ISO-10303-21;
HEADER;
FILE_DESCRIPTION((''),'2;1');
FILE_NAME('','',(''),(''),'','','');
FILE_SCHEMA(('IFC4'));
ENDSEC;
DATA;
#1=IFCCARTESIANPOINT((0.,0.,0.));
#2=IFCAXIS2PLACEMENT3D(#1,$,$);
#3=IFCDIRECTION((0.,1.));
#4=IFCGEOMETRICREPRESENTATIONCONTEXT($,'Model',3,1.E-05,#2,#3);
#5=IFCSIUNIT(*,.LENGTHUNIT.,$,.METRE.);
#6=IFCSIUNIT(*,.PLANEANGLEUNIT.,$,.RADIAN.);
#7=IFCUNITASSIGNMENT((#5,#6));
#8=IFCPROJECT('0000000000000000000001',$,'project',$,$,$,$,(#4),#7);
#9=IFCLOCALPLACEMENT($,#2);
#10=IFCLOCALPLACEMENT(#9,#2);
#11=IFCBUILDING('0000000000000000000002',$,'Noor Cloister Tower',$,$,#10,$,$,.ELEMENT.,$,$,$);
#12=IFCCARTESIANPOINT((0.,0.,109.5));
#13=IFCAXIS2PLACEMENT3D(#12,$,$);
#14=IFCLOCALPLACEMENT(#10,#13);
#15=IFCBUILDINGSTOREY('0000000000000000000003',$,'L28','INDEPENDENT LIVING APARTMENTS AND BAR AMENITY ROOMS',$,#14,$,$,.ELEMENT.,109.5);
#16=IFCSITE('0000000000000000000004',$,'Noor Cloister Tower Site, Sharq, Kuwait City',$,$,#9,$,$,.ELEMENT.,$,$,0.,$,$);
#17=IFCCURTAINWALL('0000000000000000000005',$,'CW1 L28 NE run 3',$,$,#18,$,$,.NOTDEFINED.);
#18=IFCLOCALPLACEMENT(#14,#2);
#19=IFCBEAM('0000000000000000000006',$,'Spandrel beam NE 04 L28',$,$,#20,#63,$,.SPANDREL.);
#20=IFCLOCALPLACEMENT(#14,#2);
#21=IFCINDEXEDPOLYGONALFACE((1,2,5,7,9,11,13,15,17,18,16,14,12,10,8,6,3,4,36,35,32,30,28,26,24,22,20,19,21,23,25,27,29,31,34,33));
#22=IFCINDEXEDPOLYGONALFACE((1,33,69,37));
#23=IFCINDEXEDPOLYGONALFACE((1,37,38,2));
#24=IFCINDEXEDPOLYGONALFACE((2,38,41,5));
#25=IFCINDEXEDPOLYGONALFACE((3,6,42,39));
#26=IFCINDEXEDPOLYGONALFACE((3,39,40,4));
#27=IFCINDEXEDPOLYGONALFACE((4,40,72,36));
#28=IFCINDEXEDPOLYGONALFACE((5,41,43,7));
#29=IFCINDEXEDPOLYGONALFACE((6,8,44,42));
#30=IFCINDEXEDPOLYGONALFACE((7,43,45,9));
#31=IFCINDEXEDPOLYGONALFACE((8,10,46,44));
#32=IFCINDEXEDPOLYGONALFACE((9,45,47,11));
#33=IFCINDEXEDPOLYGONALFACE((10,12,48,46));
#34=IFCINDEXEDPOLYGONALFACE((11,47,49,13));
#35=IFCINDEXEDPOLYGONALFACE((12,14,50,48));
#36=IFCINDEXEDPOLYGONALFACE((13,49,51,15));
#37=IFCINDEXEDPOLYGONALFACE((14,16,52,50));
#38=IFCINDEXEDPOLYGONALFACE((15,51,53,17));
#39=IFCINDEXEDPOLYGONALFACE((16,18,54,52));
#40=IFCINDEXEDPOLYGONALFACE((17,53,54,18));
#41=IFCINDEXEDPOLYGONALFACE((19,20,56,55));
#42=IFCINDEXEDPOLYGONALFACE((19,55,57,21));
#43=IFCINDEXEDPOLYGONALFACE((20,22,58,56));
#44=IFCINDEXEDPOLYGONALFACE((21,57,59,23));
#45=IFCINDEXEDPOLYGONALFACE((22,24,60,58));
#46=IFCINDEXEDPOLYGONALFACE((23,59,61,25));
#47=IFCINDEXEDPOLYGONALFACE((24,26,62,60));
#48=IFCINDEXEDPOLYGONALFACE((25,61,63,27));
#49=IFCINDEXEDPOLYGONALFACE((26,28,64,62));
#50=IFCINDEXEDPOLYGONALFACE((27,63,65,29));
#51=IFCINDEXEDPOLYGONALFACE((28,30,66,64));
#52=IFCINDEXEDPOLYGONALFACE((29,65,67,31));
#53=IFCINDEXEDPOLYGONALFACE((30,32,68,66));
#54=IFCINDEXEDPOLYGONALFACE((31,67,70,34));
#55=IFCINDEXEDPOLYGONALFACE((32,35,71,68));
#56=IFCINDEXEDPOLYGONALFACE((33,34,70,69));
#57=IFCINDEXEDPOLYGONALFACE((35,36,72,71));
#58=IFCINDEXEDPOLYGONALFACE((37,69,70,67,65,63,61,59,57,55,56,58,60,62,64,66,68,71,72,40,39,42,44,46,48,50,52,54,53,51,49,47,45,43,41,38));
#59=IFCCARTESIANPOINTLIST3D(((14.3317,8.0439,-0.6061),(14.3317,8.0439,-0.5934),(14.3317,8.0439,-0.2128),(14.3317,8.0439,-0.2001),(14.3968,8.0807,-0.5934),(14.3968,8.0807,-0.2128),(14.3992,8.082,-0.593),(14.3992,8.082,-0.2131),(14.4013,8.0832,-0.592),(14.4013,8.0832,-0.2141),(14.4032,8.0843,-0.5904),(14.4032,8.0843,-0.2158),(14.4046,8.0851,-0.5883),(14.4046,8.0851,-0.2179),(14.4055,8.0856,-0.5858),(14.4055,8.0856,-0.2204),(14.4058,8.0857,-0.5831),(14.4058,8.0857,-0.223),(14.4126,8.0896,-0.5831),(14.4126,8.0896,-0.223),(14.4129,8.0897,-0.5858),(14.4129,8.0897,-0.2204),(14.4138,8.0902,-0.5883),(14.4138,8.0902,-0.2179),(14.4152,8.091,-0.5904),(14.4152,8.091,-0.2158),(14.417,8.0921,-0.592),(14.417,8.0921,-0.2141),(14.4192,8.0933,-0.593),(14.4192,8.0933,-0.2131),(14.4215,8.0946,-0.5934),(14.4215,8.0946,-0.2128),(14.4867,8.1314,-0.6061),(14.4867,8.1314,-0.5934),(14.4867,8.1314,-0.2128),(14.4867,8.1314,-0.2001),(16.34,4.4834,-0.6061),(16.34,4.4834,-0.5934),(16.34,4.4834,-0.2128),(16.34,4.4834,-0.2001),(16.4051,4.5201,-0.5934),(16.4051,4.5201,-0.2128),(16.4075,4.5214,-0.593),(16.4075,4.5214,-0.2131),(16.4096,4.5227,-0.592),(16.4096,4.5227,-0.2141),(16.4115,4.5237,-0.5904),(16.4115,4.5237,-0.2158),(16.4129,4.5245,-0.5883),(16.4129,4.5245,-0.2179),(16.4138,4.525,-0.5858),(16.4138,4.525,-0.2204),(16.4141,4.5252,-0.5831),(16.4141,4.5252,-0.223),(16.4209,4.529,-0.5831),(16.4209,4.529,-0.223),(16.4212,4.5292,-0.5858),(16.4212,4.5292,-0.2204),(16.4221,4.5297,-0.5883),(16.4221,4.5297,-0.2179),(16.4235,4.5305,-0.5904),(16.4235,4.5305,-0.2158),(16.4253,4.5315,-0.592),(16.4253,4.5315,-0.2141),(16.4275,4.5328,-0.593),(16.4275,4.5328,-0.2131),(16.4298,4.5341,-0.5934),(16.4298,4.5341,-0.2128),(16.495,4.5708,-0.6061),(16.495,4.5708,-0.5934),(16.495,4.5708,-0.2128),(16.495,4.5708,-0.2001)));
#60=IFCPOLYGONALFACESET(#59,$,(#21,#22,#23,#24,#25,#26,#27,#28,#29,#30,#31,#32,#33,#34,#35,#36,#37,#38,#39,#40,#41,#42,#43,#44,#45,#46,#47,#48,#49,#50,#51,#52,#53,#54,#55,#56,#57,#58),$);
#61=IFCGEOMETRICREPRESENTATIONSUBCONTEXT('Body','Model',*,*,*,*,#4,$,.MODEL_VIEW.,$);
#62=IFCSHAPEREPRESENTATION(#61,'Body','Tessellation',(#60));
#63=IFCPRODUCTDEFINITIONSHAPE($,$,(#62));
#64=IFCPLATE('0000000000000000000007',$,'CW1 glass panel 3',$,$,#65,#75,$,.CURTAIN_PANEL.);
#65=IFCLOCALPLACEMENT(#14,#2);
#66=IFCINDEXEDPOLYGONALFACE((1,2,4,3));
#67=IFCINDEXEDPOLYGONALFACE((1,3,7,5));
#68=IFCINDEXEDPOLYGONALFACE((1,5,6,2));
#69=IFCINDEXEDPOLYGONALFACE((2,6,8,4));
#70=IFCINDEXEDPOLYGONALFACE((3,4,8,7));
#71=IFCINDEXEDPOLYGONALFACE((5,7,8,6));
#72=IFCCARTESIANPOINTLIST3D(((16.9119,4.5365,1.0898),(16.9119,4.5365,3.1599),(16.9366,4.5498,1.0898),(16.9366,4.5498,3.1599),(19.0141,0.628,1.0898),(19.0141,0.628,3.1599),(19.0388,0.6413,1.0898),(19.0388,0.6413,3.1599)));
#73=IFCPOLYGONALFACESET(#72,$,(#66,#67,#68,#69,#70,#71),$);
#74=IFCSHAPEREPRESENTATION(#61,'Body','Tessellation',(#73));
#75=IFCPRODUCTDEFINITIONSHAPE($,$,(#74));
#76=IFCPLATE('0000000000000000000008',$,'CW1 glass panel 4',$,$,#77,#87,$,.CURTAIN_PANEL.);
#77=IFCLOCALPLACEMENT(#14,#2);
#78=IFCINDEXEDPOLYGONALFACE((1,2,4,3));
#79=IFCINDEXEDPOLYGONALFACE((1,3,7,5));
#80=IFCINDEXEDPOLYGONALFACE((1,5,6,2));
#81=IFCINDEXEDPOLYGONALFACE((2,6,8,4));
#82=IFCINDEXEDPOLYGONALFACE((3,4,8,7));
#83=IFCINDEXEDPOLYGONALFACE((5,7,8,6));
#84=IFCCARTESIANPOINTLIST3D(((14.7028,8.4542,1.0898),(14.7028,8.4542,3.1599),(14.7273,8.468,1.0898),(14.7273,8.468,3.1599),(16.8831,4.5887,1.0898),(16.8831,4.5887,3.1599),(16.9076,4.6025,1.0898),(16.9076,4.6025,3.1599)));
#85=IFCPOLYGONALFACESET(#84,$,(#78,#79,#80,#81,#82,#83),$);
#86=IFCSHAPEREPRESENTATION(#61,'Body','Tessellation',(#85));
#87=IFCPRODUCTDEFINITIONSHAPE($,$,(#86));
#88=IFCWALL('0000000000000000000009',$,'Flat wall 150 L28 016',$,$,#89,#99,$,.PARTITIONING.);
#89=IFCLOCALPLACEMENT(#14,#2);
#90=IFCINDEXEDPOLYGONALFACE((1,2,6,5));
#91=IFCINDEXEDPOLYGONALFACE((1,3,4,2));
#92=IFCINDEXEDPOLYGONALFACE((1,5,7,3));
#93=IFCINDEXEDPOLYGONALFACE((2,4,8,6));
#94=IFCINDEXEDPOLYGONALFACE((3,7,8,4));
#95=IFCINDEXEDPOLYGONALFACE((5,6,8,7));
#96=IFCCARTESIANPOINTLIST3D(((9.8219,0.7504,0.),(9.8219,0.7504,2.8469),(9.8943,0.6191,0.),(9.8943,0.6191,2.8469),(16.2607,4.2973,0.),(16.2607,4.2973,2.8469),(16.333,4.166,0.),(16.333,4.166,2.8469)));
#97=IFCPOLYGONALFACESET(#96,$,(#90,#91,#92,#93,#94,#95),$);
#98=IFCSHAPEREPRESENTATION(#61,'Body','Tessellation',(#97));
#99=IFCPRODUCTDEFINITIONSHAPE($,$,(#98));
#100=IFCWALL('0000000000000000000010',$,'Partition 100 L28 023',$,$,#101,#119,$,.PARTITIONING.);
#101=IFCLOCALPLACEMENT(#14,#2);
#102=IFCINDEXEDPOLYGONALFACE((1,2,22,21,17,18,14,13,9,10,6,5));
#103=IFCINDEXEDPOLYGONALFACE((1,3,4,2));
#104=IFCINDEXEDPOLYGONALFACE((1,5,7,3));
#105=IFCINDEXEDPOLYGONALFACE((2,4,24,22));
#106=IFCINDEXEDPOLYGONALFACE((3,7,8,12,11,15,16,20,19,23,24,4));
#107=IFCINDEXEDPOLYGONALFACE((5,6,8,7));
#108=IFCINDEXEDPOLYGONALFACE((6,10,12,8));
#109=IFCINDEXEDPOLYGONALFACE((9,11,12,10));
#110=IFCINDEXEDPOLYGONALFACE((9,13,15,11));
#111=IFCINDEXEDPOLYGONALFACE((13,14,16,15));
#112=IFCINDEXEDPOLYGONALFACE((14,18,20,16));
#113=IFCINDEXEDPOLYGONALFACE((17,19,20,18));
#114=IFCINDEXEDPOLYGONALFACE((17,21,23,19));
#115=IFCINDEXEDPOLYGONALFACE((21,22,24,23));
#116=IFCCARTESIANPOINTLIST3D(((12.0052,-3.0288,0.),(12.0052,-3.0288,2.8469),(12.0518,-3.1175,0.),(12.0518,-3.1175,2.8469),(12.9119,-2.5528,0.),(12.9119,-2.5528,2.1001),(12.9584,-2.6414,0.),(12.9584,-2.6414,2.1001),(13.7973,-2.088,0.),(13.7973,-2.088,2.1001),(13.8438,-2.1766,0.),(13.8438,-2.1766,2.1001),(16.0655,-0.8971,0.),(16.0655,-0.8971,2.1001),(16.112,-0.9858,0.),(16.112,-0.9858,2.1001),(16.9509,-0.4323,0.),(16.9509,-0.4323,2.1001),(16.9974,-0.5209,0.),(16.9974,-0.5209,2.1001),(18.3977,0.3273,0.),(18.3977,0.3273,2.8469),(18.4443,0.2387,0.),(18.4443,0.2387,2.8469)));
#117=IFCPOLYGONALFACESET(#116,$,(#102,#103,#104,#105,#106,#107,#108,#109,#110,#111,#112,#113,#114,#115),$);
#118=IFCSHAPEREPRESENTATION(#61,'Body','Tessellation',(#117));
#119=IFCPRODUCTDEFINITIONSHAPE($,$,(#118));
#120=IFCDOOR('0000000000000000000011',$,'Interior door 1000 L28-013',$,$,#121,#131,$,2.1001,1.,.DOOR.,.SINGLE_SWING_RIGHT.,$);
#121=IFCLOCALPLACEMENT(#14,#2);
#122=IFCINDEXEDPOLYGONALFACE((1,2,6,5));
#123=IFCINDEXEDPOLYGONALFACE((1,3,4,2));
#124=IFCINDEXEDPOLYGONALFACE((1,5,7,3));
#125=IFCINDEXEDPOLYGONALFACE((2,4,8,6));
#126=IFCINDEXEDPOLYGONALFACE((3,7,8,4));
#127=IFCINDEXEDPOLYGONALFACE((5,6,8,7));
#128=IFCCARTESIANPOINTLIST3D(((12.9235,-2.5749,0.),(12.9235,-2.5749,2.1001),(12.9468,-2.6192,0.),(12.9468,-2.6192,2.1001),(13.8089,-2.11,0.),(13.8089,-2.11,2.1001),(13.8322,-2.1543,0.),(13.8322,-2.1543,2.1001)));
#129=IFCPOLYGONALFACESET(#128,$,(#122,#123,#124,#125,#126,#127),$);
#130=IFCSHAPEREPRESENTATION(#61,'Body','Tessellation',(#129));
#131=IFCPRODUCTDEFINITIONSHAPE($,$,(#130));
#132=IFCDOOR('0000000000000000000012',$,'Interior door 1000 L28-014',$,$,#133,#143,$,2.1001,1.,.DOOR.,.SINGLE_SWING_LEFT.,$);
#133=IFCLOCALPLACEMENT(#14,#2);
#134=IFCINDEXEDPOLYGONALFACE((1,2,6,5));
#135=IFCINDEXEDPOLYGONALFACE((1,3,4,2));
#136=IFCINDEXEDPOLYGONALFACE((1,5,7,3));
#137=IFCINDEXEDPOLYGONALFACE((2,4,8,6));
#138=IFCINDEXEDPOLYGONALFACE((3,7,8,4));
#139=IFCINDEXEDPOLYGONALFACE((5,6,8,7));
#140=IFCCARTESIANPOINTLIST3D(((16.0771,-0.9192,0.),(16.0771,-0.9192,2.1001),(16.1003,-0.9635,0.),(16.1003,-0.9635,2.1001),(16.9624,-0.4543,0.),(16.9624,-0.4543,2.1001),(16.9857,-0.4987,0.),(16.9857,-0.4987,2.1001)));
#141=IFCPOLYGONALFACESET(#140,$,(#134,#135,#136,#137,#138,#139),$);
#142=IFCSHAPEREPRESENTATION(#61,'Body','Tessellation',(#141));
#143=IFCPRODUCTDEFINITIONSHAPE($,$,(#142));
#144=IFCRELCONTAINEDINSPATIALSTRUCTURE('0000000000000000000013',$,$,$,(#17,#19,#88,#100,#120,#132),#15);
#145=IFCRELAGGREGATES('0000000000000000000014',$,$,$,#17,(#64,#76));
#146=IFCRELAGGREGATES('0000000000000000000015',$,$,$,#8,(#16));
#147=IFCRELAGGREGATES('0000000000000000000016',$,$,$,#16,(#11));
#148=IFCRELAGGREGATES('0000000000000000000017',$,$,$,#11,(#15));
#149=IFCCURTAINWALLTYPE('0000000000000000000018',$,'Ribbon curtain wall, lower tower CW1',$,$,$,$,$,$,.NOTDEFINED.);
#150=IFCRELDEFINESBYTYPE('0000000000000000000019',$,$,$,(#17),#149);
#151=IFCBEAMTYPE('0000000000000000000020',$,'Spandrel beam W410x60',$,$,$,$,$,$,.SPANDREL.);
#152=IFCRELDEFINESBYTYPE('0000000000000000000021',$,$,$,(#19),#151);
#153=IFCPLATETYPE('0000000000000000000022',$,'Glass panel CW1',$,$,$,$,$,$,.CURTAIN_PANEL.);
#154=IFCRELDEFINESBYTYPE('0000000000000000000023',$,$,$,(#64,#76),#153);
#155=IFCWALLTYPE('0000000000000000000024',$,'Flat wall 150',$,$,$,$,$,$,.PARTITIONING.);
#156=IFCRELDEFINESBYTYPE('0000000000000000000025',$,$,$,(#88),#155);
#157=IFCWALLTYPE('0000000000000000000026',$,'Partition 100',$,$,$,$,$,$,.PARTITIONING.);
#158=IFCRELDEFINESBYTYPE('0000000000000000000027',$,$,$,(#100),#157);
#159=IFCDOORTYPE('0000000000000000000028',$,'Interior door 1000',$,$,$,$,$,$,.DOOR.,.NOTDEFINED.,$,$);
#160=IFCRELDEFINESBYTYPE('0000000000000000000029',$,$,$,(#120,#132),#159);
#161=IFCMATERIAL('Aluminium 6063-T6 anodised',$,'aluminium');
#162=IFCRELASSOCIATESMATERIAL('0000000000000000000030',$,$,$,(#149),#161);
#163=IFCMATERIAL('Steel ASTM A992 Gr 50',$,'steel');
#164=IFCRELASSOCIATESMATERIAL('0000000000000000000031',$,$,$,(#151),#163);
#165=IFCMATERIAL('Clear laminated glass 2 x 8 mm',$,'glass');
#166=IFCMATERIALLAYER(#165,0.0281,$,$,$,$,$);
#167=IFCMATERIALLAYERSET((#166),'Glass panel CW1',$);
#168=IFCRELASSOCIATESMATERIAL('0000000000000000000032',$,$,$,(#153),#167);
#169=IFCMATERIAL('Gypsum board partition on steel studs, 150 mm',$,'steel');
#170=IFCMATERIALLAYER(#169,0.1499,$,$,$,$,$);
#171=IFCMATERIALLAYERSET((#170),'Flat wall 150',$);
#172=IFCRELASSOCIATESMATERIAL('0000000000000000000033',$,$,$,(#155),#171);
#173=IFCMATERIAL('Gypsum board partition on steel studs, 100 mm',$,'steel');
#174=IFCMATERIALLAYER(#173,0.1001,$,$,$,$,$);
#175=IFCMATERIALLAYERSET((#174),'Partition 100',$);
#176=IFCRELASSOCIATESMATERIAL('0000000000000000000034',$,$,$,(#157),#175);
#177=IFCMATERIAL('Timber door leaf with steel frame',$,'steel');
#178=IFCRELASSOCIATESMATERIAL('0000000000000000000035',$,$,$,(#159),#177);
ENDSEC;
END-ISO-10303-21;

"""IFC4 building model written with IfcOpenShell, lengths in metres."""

from ifc_helpers import new_model, si_unit, direction, frame, frame_2d, origin, origin_2d, place, context, subcontext, project, spatial, rectangle, i_section, extrude, material, layer, layer_set, material_profile, profile_set, type_object, element, fill, aggregate, save


model = new_model("IFC4")

# Units and contexts
model_context = context("Model", 3, precision=1e-05, world=origin(), true_north=direction((0.0, 1.0)))
body_context = subcontext(model_context, "Body", "Model", "MODEL_VIEW")
ifc_project = project(units=[si_unit("LENGTHUNIT", "METRE"), si_unit("PLANEANGLEUNIT", "RADIAN")], contexts=[model_context])

# Site, building, storey
site_placement = place(None, origin())
site = spatial("IfcSite", under=ifc_project, at=site_placement, Name="Noor Cloister Tower Site, Sharq, Kuwait City", CompositionType="ELEMENT", RefElevation=0.0)
building_placement = place(site_placement, origin())
building = spatial("IfcBuilding", under=site, at=building_placement, Name="Noor Cloister Tower", CompositionType="ELEMENT")
storey_placement = place(building_placement, frame((0.0, 0.0, 109.5)))
storey = spatial("IfcBuildingStorey", under=building, at=storey_placement, Name="L28", Description="INDEPENDENT LIVING APARTMENTS AND BAR AMENITY ROOMS", CompositionType="ELEMENT", Elevation=109.5)

# Curtain wall
ifc_material_1 = material(Name="Aluminium 6063-T6 anodised", Category="aluminium")
curtain_wall_type = type_object("IfcCurtainWallType", Name="Ribbon curtain wall, lower tower CW1", PredefinedType="NOTDEFINED", material=ifc_material_1)
curtain_wall_placement = place(storey_placement, origin())
curtain_wall = element("IfcCurtainWall", 1, at=curtain_wall_placement, inside=storey, type_object=curtain_wall_type, Name="CW1 L28 NE run 3", PredefinedType="NOTDEFINED")

# Beam
ifc_material_2 = material(Name="Steel ASTM A992 Gr 50", Category="steel")
ifc_material_profile_1 = material_profile(ifc_material_2, i_section(OverallWidth=0.178, OverallDepth=0.406, WebThickness=0.0078, FlangeThickness=0.0127, FilletRadius=0.0103, at=origin_2d()), Name="W410x60")
ifc_profile_set_1 = profile_set([ifc_material_profile_1], Name="Steel ASTM A992 Gr 50")
beam_type_1 = type_object("IfcBeamType", Name="Spandrel beam W410x60", PredefinedType="SPANDREL", material=ifc_profile_set_1)
for number, where, z_axis, x_axis, name in (
    (2, (16.4175, 4.5271, -0.4031), (-0.491282, 0.871001, 0.0), (-0.871001, -0.491282, 0.0), "Spandrel beam NE 04 L28"),
):
    element("IfcBeam", number, at=place(storey_placement, frame(where, z_axis=z_axis, x_axis=x_axis)), inside=storey, type_object=beam_type_1, Name=name, PredefinedType="SPANDREL", context=body_context, shape_type="SweptSolid", body=[
        extrude(i_section(OverallWidth=0.178, OverallDepth=0.406, WebThickness=0.0078, FlangeThickness=0.0127, FilletRadius=0.0103, at=origin_2d()), origin(), (0.0, 0.0, 1.0), 4.0879),
    ])

# Plates
ifc_material_3 = material(Name="Clear laminated glass 2 x 8 mm", Category="glass")
ifc_layer_1 = layer(ifc_material_3, 0.0281)
ifc_layer_set_1 = layer_set([ifc_layer_1], Name="Glass panel CW1")
plate_type = type_object("IfcPlateType", Name="Glass panel CW1", PredefinedType="CURTAIN_PANEL", material=ifc_layer_set_1)
plate_1_placement = place(storey_placement, frame((17.9753, 2.5889, 1.0898), z_axis=(0.0, 0.0, 1.0), x_axis=(-0.473694, 0.880689, 0.0)))
plate_1 = element("IfcPlate", 3, at=plate_1_placement, type_object=plate_type, Name="CW1 glass panel 3", PredefinedType="CURTAIN_PANEL", context=body_context, shape_type="SweptSolid", body=[
    extrude(rectangle(XDim=4.438, YDim=0.0281, at=origin_2d()), origin(), (0.0, 0.0, 1.0), 2.0701),
])
plate_2_placement = place(storey_placement, frame((15.8052, 6.5283, 1.0898), z_axis=(0.0, 0.0, 1.0), x_axis=(-0.491281, 0.871001, 0.0)))
plate_2 = element("IfcPlate", 4, at=plate_2_placement, type_object=plate_type, Name="CW1 glass panel 4", PredefinedType="CURTAIN_PANEL", context=body_context, shape_type="SweptSolid", body=[
    extrude(rectangle(XDim=4.438, YDim=0.0281, at=origin_2d()), origin(), (0.0, 0.0, 1.0), 2.0701),
])
aggregate(curtain_wall, [plate_1, plate_2])

# Wall
ifc_material_4 = material(Name="Gypsum board partition on steel studs, 150 mm", Category="steel")
ifc_layer_2 = layer(ifc_material_4, 0.1499)
ifc_layer_set_2 = layer_set([ifc_layer_2], Name="Flat wall 150")
wall_type_1 = type_object("IfcWallType", Name="Flat wall 150", PredefinedType="PARTITIONING", material=ifc_layer_set_2)
wall_1_placement = place(storey_placement, frame((16.2969, 4.2317, 0.0), z_axis=(0.0, 0.0, 1.0), x_axis=(-0.875895, -0.482501, 0.0)))
element("IfcWall", 5, at=wall_1_placement, inside=storey, type_object=wall_type_1, Name="Flat wall 150 L28 016", PredefinedType="PARTITIONING", context=body_context, shape_type="SweptSolid", body=[
    extrude(rectangle(XDim=7.3511, YDim=0.1499, at=frame_2d((3.6755, 0.0))), origin(), (0.0, 0.0, 1.0), 2.8469),
])

# Wall, openings, doors
ifc_material_5 = material(Name="Gypsum board partition on steel studs, 100 mm", Category="steel")
ifc_layer_3 = layer(ifc_material_5, 0.1001)
ifc_layer_set_3 = layer_set([ifc_layer_3], Name="Partition 100")
wall_type_2 = type_object("IfcWallType", Name="Partition 100", PredefinedType="PARTITIONING", material=ifc_layer_set_3)
wall_2_placement = place(storey_placement, frame((18.4209, 0.283, 0.0), z_axis=(0.0, 0.0, 1.0), x_axis=(-0.885392, -0.464845, 0.0)))
wall_2 = element("IfcWall", 6, at=wall_2_placement, inside=storey, type_object=wall_type_2, Name="Partition 100 L28 023", PredefinedType="PARTITIONING", context=body_context, shape_type="SweptSolid", body=[
    extrude(rectangle(XDim=7.22, YDim=0.1001, at=frame_2d((3.6099, 0.0))), origin(), (0.0, 0.0, 1.0), 2.8469),
])
opening_1_placement = place(wall_2_placement, frame((5.1958, 0.0, 0.0)))
opening_1 = element("IfcOpeningElement", 7, at=opening_1_placement, cuts=wall_2, PredefinedType="OPENING", context=body_context, shape_type="SweptSolid", body=[
    extrude(rectangle(XDim=1.0, YDim=2.1001, at=frame_2d((0.5, 1.05))), frame((0.0, 0.0601, 0.0), z_axis=(0.0, -1.0, 0.0), x_axis=(1.0, 0.0, 0.0)), (0.0, 0.0, 1.0), 0.1201),
])
opening_2_placement = place(wall_2_placement, frame((1.634, 0.0, 0.0)))
opening_2 = element("IfcOpeningElement", 8, at=opening_2_placement, cuts=wall_2, PredefinedType="OPENING", context=body_context, shape_type="SweptSolid", body=[
    extrude(rectangle(XDim=1.0, YDim=2.1001, at=frame_2d((0.5, 1.05))), frame((0.0, 0.0601, 0.0), z_axis=(0.0, -1.0, 0.0), x_axis=(1.0, 0.0, 0.0)), (0.0, 0.0, 1.0), 0.1201),
])
ifc_material_6 = material(Name="Timber door leaf with steel frame", Category="steel")
door_type = type_object("IfcDoorType", Name="Interior door 1000", OperationType="NOTDEFINED", PredefinedType="DOOR", material=ifc_material_6)
door_1_placement = place(opening_1_placement, origin())
door_1 = element("IfcDoor", 9, at=door_1_placement, inside=storey, type_object=door_type, Name="Interior door 1000 L28-013", OperationType="SINGLE_SWING_RIGHT", OverallHeight=2.1001, OverallWidth=1.0, PredefinedType="DOOR", context=body_context, shape_type="SweptSolid", body=[
    extrude(rectangle(XDim=1.0, YDim=2.1001, at=frame_2d((0.5, 1.05))), frame((0.0, 0.0249, 0.0), z_axis=(0.0, -1.0, 0.0), x_axis=(1.0, 0.0, 0.0)), (0.0, 0.0, 1.0), 0.05),
])
fill(opening_1, door_1)
door_2_placement = place(opening_2_placement, origin())
door_2 = element("IfcDoor", 10, at=door_2_placement, inside=storey, type_object=door_type, Name="Interior door 1000 L28-014", OperationType="SINGLE_SWING_LEFT", OverallHeight=2.1001, OverallWidth=1.0, PredefinedType="DOOR", context=body_context, shape_type="SweptSolid", body=[
    extrude(rectangle(XDim=1.0, YDim=2.1001, at=frame_2d((0.5, 1.05))), frame((0.0, 0.0249, 0.0), z_axis=(0.0, -1.0, 0.0), x_axis=(1.0, 0.0, 0.0)), (0.0, 0.0, 1.0), 0.05),
])
fill(opening_2, door_2)

save(model, "model.ifc")
